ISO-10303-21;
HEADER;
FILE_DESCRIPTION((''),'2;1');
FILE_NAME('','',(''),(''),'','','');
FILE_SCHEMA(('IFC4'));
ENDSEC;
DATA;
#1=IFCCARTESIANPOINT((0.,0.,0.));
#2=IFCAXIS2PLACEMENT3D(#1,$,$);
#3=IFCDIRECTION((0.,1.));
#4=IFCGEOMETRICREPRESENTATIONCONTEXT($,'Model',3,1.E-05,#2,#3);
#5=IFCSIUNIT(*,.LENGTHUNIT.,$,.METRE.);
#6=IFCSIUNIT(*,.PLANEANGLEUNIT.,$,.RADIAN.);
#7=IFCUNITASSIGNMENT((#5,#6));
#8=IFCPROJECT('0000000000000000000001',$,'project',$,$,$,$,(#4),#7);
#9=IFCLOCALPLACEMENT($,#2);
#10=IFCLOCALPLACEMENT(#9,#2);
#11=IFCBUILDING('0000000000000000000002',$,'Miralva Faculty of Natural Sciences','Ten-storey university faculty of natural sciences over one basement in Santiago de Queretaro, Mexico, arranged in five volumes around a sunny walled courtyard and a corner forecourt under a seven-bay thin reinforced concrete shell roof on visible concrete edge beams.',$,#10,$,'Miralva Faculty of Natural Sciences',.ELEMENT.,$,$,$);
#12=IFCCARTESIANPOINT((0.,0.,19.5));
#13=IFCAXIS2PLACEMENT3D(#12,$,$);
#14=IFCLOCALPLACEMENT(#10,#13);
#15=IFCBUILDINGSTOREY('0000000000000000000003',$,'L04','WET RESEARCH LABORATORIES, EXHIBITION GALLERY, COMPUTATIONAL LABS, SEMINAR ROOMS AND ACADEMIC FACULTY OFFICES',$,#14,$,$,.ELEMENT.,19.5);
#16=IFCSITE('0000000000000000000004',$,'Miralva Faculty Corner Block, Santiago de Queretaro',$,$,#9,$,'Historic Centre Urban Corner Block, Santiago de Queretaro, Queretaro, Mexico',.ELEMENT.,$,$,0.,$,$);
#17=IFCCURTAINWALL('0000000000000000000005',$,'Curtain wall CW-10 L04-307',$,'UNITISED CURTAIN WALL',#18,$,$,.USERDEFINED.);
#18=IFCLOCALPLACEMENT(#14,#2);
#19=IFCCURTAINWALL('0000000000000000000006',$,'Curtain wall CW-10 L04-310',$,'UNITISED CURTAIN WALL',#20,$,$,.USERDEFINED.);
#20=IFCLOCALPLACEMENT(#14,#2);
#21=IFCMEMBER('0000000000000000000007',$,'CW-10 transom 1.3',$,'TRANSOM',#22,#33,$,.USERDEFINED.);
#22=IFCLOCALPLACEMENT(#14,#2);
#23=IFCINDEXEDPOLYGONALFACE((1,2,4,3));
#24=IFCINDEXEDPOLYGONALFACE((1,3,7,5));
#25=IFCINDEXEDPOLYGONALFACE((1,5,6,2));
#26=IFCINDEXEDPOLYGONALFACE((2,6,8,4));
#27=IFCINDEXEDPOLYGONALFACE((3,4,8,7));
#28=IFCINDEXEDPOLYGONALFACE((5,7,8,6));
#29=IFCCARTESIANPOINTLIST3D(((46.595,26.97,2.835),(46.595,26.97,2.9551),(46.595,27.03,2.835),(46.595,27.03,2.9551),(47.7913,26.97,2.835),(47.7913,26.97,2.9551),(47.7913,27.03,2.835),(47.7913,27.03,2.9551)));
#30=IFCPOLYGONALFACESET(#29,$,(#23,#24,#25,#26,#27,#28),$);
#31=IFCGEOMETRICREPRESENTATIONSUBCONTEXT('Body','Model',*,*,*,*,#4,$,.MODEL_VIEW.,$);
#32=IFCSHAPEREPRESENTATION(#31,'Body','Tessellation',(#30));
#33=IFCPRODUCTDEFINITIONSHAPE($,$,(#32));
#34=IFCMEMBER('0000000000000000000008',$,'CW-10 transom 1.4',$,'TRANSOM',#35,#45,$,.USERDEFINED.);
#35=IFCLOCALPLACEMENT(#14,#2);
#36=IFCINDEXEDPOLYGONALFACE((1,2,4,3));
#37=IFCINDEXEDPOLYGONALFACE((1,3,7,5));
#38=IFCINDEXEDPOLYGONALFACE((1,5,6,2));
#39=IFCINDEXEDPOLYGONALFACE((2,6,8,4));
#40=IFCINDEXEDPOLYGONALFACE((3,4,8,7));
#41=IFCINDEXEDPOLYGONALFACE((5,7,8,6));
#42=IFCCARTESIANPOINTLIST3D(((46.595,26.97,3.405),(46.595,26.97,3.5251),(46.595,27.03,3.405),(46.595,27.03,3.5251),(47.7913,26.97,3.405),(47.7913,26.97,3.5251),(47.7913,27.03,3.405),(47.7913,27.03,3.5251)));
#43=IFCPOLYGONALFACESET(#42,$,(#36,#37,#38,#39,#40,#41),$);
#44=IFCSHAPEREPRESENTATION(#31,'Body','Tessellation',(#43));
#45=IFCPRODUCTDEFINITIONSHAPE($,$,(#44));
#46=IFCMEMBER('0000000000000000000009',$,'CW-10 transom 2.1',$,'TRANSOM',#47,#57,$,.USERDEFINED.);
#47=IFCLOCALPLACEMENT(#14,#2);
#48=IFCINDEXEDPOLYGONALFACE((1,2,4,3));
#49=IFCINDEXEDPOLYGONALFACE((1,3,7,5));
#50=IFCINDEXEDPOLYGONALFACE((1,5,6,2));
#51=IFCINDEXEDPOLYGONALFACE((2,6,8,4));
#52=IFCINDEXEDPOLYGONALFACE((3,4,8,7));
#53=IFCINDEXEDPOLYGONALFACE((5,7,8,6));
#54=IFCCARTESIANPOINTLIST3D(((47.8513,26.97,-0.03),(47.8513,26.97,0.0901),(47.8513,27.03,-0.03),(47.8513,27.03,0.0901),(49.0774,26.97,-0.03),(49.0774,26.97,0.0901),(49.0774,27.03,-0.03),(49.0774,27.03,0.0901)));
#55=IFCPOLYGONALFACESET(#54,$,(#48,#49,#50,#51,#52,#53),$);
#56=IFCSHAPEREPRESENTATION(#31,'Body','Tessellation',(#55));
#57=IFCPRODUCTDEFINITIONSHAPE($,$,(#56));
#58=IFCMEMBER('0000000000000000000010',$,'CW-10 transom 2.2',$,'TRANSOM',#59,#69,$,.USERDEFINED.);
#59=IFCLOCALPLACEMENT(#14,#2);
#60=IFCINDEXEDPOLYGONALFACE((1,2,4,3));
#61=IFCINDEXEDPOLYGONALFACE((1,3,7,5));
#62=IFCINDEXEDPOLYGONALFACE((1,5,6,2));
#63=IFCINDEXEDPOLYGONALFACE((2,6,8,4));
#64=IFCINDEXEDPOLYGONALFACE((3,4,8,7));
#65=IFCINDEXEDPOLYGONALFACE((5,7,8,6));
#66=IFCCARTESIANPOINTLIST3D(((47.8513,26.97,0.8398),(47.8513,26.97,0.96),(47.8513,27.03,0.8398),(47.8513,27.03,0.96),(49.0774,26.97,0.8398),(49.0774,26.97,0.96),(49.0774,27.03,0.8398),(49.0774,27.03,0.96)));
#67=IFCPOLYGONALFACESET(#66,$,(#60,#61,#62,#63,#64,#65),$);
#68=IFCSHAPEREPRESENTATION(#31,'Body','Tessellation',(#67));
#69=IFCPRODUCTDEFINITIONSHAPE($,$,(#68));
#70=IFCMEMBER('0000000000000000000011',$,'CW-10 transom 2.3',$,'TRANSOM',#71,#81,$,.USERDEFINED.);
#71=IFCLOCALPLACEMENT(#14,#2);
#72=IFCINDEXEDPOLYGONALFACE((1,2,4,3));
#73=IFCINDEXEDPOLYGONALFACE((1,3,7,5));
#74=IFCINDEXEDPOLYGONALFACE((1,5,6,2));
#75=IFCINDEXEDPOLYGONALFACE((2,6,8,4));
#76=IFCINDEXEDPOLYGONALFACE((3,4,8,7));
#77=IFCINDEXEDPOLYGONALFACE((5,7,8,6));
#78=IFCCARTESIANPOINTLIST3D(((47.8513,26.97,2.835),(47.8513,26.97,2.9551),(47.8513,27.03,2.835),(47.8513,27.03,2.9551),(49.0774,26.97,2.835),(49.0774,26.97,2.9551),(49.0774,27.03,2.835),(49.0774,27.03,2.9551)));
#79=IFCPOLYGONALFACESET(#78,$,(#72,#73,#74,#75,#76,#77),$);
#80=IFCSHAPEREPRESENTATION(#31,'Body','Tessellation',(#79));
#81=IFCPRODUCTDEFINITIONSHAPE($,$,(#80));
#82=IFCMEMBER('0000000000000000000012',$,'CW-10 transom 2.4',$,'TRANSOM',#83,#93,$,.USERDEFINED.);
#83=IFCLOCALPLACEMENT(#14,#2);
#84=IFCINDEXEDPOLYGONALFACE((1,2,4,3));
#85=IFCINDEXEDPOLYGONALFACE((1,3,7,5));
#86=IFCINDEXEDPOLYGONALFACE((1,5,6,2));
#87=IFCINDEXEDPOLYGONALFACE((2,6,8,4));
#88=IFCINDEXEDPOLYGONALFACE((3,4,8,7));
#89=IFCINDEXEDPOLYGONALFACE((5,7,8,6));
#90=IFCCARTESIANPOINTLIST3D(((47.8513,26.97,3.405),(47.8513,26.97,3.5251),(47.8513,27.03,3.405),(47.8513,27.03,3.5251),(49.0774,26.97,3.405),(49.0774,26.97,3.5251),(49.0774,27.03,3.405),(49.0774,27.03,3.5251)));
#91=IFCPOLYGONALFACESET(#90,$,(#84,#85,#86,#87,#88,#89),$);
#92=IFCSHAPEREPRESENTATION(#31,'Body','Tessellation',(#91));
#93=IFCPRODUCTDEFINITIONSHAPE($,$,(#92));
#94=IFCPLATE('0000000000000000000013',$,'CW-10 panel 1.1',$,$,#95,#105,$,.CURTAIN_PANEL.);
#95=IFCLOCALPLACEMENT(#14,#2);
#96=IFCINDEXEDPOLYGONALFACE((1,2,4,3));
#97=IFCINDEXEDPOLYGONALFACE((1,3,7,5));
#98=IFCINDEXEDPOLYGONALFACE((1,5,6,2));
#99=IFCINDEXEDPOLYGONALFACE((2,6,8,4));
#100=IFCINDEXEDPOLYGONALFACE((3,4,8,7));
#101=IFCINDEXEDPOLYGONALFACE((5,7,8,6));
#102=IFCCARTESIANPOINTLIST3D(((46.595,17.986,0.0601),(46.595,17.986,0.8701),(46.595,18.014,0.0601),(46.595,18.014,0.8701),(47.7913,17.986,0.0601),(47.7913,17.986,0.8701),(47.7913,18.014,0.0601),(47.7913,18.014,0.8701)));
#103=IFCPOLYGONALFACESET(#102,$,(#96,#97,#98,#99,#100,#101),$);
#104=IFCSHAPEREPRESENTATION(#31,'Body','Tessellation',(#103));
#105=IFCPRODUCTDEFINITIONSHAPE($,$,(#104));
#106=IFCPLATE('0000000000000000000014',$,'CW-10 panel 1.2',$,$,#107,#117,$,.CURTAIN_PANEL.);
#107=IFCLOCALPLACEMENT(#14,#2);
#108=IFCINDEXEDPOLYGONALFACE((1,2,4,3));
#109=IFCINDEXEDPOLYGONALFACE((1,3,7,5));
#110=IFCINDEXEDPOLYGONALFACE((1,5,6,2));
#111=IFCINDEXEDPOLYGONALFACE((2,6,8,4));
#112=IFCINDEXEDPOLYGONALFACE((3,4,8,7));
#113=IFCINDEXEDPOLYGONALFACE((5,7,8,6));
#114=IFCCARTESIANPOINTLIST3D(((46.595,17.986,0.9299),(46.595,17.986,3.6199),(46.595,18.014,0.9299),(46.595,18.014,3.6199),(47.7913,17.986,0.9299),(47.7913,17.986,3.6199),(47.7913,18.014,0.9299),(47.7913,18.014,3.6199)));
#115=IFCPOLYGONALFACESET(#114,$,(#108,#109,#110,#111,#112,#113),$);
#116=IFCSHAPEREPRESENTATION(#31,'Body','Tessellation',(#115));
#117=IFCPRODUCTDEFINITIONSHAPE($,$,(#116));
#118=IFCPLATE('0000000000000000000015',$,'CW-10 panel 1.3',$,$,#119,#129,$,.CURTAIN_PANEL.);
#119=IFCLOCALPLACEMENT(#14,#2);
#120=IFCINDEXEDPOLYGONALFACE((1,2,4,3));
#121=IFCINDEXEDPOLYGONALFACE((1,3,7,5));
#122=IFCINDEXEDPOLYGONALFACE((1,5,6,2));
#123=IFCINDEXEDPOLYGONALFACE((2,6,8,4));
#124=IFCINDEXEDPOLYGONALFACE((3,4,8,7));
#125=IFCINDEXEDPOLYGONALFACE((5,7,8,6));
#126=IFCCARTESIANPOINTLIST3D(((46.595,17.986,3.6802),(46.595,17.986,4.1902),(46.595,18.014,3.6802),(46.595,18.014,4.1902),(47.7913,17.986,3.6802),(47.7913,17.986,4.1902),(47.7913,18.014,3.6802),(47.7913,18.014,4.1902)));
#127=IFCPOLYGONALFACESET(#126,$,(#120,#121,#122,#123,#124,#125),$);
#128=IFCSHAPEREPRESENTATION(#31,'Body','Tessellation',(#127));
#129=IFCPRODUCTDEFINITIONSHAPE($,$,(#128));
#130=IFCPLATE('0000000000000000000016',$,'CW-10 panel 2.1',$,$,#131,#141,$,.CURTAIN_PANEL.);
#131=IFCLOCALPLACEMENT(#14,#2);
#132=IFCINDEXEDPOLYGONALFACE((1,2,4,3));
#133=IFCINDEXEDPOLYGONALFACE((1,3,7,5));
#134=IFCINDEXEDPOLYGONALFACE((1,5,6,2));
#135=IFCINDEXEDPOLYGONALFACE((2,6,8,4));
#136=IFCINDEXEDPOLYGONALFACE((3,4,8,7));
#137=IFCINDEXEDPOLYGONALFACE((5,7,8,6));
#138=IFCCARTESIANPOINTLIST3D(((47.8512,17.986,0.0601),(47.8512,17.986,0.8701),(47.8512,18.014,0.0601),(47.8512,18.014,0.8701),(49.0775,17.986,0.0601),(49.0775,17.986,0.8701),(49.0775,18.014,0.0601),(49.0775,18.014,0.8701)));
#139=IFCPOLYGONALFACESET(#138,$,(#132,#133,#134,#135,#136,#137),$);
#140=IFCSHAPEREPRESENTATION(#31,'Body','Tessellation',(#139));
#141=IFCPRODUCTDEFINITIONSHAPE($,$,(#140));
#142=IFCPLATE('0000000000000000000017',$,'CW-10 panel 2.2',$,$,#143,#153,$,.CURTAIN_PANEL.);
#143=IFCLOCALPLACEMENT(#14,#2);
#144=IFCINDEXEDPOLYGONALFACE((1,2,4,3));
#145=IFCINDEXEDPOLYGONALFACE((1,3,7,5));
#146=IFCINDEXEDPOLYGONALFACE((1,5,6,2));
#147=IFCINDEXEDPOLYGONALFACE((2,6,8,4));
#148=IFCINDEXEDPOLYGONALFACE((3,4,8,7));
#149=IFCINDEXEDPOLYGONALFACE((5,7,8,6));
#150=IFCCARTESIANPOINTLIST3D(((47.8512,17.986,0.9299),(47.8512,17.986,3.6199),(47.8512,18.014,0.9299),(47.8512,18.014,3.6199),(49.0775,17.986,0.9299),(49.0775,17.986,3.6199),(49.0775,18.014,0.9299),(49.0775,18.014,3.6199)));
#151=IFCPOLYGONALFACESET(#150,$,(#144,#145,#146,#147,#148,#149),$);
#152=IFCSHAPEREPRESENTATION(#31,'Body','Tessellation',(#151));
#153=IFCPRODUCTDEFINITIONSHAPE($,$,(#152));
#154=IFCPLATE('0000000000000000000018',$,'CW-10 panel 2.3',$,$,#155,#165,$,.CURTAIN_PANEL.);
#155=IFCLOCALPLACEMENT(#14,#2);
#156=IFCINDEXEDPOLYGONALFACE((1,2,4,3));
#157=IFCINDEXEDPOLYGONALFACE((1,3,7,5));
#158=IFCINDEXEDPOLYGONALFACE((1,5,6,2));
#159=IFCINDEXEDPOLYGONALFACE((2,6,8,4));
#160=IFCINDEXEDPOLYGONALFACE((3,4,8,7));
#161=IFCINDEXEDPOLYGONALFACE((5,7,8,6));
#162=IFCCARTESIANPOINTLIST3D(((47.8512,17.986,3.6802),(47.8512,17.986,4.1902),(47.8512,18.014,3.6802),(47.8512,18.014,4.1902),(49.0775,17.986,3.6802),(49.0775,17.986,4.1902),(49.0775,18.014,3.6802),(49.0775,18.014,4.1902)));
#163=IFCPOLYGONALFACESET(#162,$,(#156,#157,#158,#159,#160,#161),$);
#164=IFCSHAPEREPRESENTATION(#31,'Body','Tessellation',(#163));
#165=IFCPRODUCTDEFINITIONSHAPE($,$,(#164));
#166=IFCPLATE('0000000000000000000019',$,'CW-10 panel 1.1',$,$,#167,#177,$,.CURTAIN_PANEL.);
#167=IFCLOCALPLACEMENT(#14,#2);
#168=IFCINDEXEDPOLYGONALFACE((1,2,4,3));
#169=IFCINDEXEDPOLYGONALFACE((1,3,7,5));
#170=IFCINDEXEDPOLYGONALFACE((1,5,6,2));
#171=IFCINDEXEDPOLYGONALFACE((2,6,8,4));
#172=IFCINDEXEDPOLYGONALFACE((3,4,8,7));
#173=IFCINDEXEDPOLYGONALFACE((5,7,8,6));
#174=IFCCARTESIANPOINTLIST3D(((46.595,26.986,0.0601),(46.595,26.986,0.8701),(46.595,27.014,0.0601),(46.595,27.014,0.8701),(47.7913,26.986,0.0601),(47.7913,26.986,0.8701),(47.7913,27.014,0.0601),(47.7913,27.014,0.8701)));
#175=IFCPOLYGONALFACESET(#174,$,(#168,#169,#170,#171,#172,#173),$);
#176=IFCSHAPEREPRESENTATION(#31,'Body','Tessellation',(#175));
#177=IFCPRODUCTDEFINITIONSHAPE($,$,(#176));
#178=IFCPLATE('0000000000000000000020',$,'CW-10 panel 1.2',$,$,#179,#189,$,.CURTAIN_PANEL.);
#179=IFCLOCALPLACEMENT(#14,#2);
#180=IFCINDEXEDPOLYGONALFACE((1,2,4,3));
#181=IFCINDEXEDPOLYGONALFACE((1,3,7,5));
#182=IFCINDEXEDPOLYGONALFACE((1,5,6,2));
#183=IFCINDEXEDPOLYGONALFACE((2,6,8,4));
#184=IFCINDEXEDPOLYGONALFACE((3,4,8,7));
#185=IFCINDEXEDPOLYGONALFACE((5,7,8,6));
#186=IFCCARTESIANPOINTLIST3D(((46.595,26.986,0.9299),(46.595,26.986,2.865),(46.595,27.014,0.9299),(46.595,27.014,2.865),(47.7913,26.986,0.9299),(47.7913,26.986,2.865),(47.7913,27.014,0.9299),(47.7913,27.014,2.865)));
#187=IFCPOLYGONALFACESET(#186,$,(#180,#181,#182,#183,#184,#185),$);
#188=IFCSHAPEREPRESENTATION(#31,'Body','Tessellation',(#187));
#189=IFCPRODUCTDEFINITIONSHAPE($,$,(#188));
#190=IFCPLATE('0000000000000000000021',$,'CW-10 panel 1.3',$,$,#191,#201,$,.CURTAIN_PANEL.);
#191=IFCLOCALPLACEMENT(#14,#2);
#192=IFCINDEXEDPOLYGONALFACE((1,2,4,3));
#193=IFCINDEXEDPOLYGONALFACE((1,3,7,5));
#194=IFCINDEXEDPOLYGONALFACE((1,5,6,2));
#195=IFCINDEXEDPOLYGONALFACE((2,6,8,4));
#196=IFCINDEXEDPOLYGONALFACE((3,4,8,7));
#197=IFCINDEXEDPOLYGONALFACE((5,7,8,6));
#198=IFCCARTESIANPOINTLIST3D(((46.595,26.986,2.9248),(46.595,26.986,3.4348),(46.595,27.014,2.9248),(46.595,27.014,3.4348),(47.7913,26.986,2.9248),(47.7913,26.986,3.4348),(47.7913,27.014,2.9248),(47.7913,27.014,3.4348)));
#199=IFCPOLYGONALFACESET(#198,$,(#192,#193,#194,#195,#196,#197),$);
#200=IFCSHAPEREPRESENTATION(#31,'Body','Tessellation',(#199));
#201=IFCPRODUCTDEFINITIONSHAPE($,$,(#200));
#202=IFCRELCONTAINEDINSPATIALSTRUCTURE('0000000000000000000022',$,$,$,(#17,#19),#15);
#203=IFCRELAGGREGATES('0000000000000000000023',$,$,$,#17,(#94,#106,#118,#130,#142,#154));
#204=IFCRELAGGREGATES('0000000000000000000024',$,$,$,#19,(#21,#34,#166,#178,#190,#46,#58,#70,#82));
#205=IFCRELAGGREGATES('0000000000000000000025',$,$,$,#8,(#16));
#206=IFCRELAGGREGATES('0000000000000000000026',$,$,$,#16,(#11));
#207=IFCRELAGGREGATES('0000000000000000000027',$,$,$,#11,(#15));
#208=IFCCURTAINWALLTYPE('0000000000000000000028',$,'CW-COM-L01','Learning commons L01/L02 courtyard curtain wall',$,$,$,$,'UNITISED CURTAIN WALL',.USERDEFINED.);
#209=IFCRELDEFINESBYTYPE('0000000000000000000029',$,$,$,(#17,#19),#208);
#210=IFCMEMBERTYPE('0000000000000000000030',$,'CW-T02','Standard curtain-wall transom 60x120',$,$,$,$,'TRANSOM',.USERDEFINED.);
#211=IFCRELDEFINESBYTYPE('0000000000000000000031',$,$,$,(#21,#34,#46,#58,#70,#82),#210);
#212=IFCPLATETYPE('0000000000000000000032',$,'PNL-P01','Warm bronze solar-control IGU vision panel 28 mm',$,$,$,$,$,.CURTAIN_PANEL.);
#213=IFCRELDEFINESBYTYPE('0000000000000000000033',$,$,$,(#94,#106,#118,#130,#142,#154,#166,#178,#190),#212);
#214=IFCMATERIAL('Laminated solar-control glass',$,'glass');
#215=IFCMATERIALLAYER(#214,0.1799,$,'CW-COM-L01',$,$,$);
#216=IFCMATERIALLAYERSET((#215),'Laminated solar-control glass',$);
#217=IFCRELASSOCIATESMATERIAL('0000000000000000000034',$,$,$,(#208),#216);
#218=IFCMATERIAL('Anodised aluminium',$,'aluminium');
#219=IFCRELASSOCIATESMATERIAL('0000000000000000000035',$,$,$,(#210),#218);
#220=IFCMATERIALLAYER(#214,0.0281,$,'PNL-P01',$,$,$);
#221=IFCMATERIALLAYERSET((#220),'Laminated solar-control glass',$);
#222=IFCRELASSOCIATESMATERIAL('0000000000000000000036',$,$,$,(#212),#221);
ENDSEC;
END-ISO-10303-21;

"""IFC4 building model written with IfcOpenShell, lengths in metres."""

from ifc_helpers import new_model, si_unit, direction, frame, origin, origin_2d, place, context, subcontext, project, spatial, rectangle, extrude, material, layer, layer_set, material_profile, profile_set, type_object, element, aggregate, save


model = new_model("IFC4")

# Units and contexts
model_context = context("Model", 3, precision=1e-05, world=origin(), true_north=direction((0.0, 1.0)))
body_context = subcontext(model_context, "Body", "Model", "MODEL_VIEW")
ifc_project = project(units=[si_unit("LENGTHUNIT", "METRE"), si_unit("PLANEANGLEUNIT", "RADIAN")], contexts=[model_context])

# Site, building, storey
site_placement = place(None, origin())
site = spatial("IfcSite", under=ifc_project, at=site_placement, Name="Miralva Faculty Corner Block, Santiago de Queretaro", LongName="Historic Centre Urban Corner Block, Santiago de Queretaro, Queretaro, Mexico", CompositionType="ELEMENT", RefElevation=0.0)
building_placement = place(site_placement, origin())
building = spatial("IfcBuilding", under=site, at=building_placement, Name="Miralva Faculty of Natural Sciences", Description="Ten-storey university faculty of natural sciences over one basement in Santiago de Queretaro, Mexico, arranged in five volumes around a sunny walled courtyard and a corner forecourt under a seven-bay thin reinforced concrete shell roof on visible concrete edge beams.", LongName="Miralva Faculty of Natural Sciences", CompositionType="ELEMENT")
storey_placement = place(building_placement, frame((0.0, 0.0, 19.5)))
storey = spatial("IfcBuildingStorey", under=building, at=storey_placement, Name="L04", Description="WET RESEARCH LABORATORIES, EXHIBITION GALLERY, COMPUTATIONAL LABS, SEMINAR ROOMS AND ACADEMIC FACULTY OFFICES", CompositionType="ELEMENT", Elevation=19.5)

# Curtain walls
ifc_material_1 = material(Name="Laminated solar-control glass", Category="glass")
ifc_layer_1 = layer(ifc_material_1, 0.1799, Name="CW-COM-L01")
ifc_layer_set_1 = layer_set([ifc_layer_1], Name="Laminated solar-control glass")
curtain_wall_type = type_object("IfcCurtainWallType", Name="CW-COM-L01", Description="Learning commons L01/L02 courtyard curtain wall", ElementType="UNITISED CURTAIN WALL", PredefinedType="USERDEFINED", material=ifc_layer_set_1)
curtain_wall_1_placement = place(storey_placement, origin())
curtain_wall_1 = element("IfcCurtainWall", 1, at=curtain_wall_1_placement, inside=storey, type_object=curtain_wall_type, Name="Curtain wall CW-10 L04-307", ObjectType="UNITISED CURTAIN WALL", PredefinedType="USERDEFINED")
ifc_material_2 = material(Name="Anodised aluminium", Category="aluminium")
curtain_wall_2_placement = place(storey_placement, origin())
curtain_wall_2 = element("IfcCurtainWall", 2, at=curtain_wall_2_placement, inside=storey, type_object=curtain_wall_type, Name="Curtain wall CW-10 L04-310", ObjectType="UNITISED CURTAIN WALL", PredefinedType="USERDEFINED")

# Members
ifc_material_profile_1 = material_profile(ifc_material_2, rectangle(XDim=0.0601, YDim=0.1201, at=origin_2d()), Name="TRANSOM 60x120")
ifc_profile_set_1 = profile_set([ifc_material_profile_1], Name="Anodised aluminium")
member_type_1 = type_object("IfcMemberType", Name="CW-T02", Description="Standard curtain-wall transom 60x120", ElementType="TRANSOM", PredefinedType="USERDEFINED", material=ifc_profile_set_1)
member_1_placement = place(storey_placement, frame((46.595, 27.0, 2.895), z_axis=(1.0, 0.0, 0.0), x_axis=(0.0, 1.0, 0.0)))
member_1 = element("IfcMember", 3, at=member_1_placement, type_object=member_type_1, Name="CW-10 transom 1.3", ObjectType="TRANSOM", PredefinedType="USERDEFINED", context=body_context, shape_type="SweptSolid", body=[
    extrude(rectangle(XDim=0.0601, YDim=0.1201, at=origin_2d()), origin(), (0.0, 0.0, 1.0), 1.1963),
])
member_2_placement = place(storey_placement, frame((46.595, 27.0, 3.4651), z_axis=(1.0, 0.0, 0.0), x_axis=(0.0, 1.0, 0.0)))
member_2 = element("IfcMember", 4, at=member_2_placement, type_object=member_type_1, Name="CW-10 transom 1.4", ObjectType="TRANSOM", PredefinedType="USERDEFINED", context=body_context, shape_type="SweptSolid", body=[
    extrude(rectangle(XDim=0.0601, YDim=0.1201, at=origin_2d()), origin(), (0.0, 0.0, 1.0), 1.1963),
])
member_3_placement = place(storey_placement, frame((47.8513, 27.0, 0.03), z_axis=(1.0, 0.0, 0.0), x_axis=(0.0, 1.0, 0.0)))
member_3 = element("IfcMember", 5, at=member_3_placement, type_object=member_type_1, Name="CW-10 transom 2.1", ObjectType="TRANSOM", PredefinedType="USERDEFINED", context=body_context, shape_type="SweptSolid", body=[
    extrude(rectangle(XDim=0.0601, YDim=0.1201, at=origin_2d()), origin(), (0.0, 0.0, 1.0), 1.2261),
])
member_4_placement = place(storey_placement, frame((47.8513, 27.0, 0.8999), z_axis=(1.0, 0.0, 0.0), x_axis=(0.0, 1.0, 0.0)))
member_4 = element("IfcMember", 6, at=member_4_placement, type_object=member_type_1, Name="CW-10 transom 2.2", ObjectType="TRANSOM", PredefinedType="USERDEFINED", context=body_context, shape_type="SweptSolid", body=[
    extrude(rectangle(XDim=0.0601, YDim=0.1201, at=origin_2d()), origin(), (0.0, 0.0, 1.0), 1.2261),
])
member_5_placement = place(storey_placement, frame((47.8513, 27.0, 2.895), z_axis=(1.0, 0.0, 0.0), x_axis=(0.0, 1.0, 0.0)))
member_5 = element("IfcMember", 7, at=member_5_placement, type_object=member_type_1, Name="CW-10 transom 2.3", ObjectType="TRANSOM", PredefinedType="USERDEFINED", context=body_context, shape_type="SweptSolid", body=[
    extrude(rectangle(XDim=0.0601, YDim=0.1201, at=origin_2d()), origin(), (0.0, 0.0, 1.0), 1.2261),
])
member_6_placement = place(storey_placement, frame((47.8513, 27.0, 3.4651), z_axis=(1.0, 0.0, 0.0), x_axis=(0.0, 1.0, 0.0)))
member_6 = element("IfcMember", 8, at=member_6_placement, type_object=member_type_1, Name="CW-10 transom 2.4", ObjectType="TRANSOM", PredefinedType="USERDEFINED", context=body_context, shape_type="SweptSolid", body=[
    extrude(rectangle(XDim=0.0601, YDim=0.1201, at=origin_2d()), origin(), (0.0, 0.0, 1.0), 1.2261),
])

# Plates
ifc_layer_2 = layer(ifc_material_1, 0.0281, Name="PNL-P01")
ifc_layer_set_2 = layer_set([ifc_layer_2], Name="Laminated solar-control glass")
plate_type = type_object("IfcPlateType", Name="PNL-P01", Description="Warm bronze solar-control IGU vision panel 28 mm", PredefinedType="CURTAIN_PANEL", material=ifc_layer_set_2)
plate_1_placement = place(storey_placement, frame((47.1931, 18.0, 0.0601), z_axis=(0.0, 0.0, 1.0), x_axis=(1.0, 0.0, 0.0)))
plate_1 = element("IfcPlate", 9, at=plate_1_placement, type_object=plate_type, Name="CW-10 panel 1.1", PredefinedType="CURTAIN_PANEL", context=body_context, shape_type="SweptSolid", body=[
    extrude(rectangle(XDim=1.1963, YDim=0.0281, at=origin_2d()), origin(), (0.0, 0.0, 1.0), 0.8101),
])
plate_2_placement = place(storey_placement, frame((47.1931, 18.0, 0.9299), z_axis=(0.0, 0.0, 1.0), x_axis=(1.0, 0.0, 0.0)))
plate_2 = element("IfcPlate", 10, at=plate_2_placement, type_object=plate_type, Name="CW-10 panel 1.2", PredefinedType="CURTAIN_PANEL", context=body_context, shape_type="SweptSolid", body=[
    extrude(rectangle(XDim=1.1963, YDim=0.0281, at=origin_2d()), origin(), (0.0, 0.0, 1.0), 2.6899),
])
plate_3_placement = place(storey_placement, frame((47.1931, 18.0, 3.6802), z_axis=(0.0, 0.0, 1.0), x_axis=(1.0, 0.0, 0.0)))
plate_3 = element("IfcPlate", 11, at=plate_3_placement, type_object=plate_type, Name="CW-10 panel 1.3", PredefinedType="CURTAIN_PANEL", context=body_context, shape_type="SweptSolid", body=[
    extrude(rectangle(XDim=1.1963, YDim=0.0281, at=origin_2d()), origin(), (0.0, 0.0, 1.0), 0.51),
])
plate_4_placement = place(storey_placement, frame((48.4644, 18.0, 0.0601), z_axis=(0.0, 0.0, 1.0), x_axis=(1.0, 0.0, 0.0)))
plate_4 = element("IfcPlate", 12, at=plate_4_placement, type_object=plate_type, Name="CW-10 panel 2.1", PredefinedType="CURTAIN_PANEL", context=body_context, shape_type="SweptSolid", body=[
    extrude(rectangle(XDim=1.2263, YDim=0.0281, at=origin_2d()), origin(), (0.0, 0.0, 1.0), 0.8101),
])
plate_5_placement = place(storey_placement, frame((48.4644, 18.0, 0.9299), z_axis=(0.0, 0.0, 1.0), x_axis=(1.0, 0.0, 0.0)))
plate_5 = element("IfcPlate", 13, at=plate_5_placement, type_object=plate_type, Name="CW-10 panel 2.2", PredefinedType="CURTAIN_PANEL", context=body_context, shape_type="SweptSolid", body=[
    extrude(rectangle(XDim=1.2263, YDim=0.0281, at=origin_2d()), origin(), (0.0, 0.0, 1.0), 2.6899),
])
plate_6_placement = place(storey_placement, frame((48.4644, 18.0, 3.6802), z_axis=(0.0, 0.0, 1.0), x_axis=(1.0, 0.0, 0.0)))
plate_6 = element("IfcPlate", 14, at=plate_6_placement, type_object=plate_type, Name="CW-10 panel 2.3", PredefinedType="CURTAIN_PANEL", context=body_context, shape_type="SweptSolid", body=[
    extrude(rectangle(XDim=1.2263, YDim=0.0281, at=origin_2d()), origin(), (0.0, 0.0, 1.0), 0.51),
])
aggregate(curtain_wall_1, [plate_1, plate_2, plate_3, plate_4, plate_5, plate_6])
plate_7_placement = place(storey_placement, frame((47.1931, 27.0, 0.0601), z_axis=(0.0, 0.0, 1.0), x_axis=(1.0, 0.0, 0.0)))
plate_7 = element("IfcPlate", 15, at=plate_7_placement, type_object=plate_type, Name="CW-10 panel 1.1", PredefinedType="CURTAIN_PANEL", context=body_context, shape_type="SweptSolid", body=[
    extrude(rectangle(XDim=1.1963, YDim=0.0281, at=origin_2d()), origin(), (0.0, 0.0, 1.0), 0.8101),
])
plate_8_placement = place(storey_placement, frame((47.1931, 27.0, 0.9299), z_axis=(0.0, 0.0, 1.0), x_axis=(1.0, 0.0, 0.0)))
plate_8 = element("IfcPlate", 16, at=plate_8_placement, type_object=plate_type, Name="CW-10 panel 1.2", PredefinedType="CURTAIN_PANEL", context=body_context, shape_type="SweptSolid", body=[
    extrude(rectangle(XDim=1.1963, YDim=0.0281, at=origin_2d()), origin(), (0.0, 0.0, 1.0), 1.9351),
])
plate_9_placement = place(storey_placement, frame((47.1931, 27.0, 2.9248), z_axis=(0.0, 0.0, 1.0), x_axis=(1.0, 0.0, 0.0)))
plate_9 = element("IfcPlate", 17, at=plate_9_placement, type_object=plate_type, Name="CW-10 panel 1.3", PredefinedType="CURTAIN_PANEL", context=body_context, shape_type="SweptSolid", body=[
    extrude(rectangle(XDim=1.1963, YDim=0.0281, at=origin_2d()), origin(), (0.0, 0.0, 1.0), 0.51),
])
aggregate(curtain_wall_2, [member_1, member_2, plate_7, plate_8, plate_9, member_3, member_4, member_5, member_6])

save(model, "model.ifc")
